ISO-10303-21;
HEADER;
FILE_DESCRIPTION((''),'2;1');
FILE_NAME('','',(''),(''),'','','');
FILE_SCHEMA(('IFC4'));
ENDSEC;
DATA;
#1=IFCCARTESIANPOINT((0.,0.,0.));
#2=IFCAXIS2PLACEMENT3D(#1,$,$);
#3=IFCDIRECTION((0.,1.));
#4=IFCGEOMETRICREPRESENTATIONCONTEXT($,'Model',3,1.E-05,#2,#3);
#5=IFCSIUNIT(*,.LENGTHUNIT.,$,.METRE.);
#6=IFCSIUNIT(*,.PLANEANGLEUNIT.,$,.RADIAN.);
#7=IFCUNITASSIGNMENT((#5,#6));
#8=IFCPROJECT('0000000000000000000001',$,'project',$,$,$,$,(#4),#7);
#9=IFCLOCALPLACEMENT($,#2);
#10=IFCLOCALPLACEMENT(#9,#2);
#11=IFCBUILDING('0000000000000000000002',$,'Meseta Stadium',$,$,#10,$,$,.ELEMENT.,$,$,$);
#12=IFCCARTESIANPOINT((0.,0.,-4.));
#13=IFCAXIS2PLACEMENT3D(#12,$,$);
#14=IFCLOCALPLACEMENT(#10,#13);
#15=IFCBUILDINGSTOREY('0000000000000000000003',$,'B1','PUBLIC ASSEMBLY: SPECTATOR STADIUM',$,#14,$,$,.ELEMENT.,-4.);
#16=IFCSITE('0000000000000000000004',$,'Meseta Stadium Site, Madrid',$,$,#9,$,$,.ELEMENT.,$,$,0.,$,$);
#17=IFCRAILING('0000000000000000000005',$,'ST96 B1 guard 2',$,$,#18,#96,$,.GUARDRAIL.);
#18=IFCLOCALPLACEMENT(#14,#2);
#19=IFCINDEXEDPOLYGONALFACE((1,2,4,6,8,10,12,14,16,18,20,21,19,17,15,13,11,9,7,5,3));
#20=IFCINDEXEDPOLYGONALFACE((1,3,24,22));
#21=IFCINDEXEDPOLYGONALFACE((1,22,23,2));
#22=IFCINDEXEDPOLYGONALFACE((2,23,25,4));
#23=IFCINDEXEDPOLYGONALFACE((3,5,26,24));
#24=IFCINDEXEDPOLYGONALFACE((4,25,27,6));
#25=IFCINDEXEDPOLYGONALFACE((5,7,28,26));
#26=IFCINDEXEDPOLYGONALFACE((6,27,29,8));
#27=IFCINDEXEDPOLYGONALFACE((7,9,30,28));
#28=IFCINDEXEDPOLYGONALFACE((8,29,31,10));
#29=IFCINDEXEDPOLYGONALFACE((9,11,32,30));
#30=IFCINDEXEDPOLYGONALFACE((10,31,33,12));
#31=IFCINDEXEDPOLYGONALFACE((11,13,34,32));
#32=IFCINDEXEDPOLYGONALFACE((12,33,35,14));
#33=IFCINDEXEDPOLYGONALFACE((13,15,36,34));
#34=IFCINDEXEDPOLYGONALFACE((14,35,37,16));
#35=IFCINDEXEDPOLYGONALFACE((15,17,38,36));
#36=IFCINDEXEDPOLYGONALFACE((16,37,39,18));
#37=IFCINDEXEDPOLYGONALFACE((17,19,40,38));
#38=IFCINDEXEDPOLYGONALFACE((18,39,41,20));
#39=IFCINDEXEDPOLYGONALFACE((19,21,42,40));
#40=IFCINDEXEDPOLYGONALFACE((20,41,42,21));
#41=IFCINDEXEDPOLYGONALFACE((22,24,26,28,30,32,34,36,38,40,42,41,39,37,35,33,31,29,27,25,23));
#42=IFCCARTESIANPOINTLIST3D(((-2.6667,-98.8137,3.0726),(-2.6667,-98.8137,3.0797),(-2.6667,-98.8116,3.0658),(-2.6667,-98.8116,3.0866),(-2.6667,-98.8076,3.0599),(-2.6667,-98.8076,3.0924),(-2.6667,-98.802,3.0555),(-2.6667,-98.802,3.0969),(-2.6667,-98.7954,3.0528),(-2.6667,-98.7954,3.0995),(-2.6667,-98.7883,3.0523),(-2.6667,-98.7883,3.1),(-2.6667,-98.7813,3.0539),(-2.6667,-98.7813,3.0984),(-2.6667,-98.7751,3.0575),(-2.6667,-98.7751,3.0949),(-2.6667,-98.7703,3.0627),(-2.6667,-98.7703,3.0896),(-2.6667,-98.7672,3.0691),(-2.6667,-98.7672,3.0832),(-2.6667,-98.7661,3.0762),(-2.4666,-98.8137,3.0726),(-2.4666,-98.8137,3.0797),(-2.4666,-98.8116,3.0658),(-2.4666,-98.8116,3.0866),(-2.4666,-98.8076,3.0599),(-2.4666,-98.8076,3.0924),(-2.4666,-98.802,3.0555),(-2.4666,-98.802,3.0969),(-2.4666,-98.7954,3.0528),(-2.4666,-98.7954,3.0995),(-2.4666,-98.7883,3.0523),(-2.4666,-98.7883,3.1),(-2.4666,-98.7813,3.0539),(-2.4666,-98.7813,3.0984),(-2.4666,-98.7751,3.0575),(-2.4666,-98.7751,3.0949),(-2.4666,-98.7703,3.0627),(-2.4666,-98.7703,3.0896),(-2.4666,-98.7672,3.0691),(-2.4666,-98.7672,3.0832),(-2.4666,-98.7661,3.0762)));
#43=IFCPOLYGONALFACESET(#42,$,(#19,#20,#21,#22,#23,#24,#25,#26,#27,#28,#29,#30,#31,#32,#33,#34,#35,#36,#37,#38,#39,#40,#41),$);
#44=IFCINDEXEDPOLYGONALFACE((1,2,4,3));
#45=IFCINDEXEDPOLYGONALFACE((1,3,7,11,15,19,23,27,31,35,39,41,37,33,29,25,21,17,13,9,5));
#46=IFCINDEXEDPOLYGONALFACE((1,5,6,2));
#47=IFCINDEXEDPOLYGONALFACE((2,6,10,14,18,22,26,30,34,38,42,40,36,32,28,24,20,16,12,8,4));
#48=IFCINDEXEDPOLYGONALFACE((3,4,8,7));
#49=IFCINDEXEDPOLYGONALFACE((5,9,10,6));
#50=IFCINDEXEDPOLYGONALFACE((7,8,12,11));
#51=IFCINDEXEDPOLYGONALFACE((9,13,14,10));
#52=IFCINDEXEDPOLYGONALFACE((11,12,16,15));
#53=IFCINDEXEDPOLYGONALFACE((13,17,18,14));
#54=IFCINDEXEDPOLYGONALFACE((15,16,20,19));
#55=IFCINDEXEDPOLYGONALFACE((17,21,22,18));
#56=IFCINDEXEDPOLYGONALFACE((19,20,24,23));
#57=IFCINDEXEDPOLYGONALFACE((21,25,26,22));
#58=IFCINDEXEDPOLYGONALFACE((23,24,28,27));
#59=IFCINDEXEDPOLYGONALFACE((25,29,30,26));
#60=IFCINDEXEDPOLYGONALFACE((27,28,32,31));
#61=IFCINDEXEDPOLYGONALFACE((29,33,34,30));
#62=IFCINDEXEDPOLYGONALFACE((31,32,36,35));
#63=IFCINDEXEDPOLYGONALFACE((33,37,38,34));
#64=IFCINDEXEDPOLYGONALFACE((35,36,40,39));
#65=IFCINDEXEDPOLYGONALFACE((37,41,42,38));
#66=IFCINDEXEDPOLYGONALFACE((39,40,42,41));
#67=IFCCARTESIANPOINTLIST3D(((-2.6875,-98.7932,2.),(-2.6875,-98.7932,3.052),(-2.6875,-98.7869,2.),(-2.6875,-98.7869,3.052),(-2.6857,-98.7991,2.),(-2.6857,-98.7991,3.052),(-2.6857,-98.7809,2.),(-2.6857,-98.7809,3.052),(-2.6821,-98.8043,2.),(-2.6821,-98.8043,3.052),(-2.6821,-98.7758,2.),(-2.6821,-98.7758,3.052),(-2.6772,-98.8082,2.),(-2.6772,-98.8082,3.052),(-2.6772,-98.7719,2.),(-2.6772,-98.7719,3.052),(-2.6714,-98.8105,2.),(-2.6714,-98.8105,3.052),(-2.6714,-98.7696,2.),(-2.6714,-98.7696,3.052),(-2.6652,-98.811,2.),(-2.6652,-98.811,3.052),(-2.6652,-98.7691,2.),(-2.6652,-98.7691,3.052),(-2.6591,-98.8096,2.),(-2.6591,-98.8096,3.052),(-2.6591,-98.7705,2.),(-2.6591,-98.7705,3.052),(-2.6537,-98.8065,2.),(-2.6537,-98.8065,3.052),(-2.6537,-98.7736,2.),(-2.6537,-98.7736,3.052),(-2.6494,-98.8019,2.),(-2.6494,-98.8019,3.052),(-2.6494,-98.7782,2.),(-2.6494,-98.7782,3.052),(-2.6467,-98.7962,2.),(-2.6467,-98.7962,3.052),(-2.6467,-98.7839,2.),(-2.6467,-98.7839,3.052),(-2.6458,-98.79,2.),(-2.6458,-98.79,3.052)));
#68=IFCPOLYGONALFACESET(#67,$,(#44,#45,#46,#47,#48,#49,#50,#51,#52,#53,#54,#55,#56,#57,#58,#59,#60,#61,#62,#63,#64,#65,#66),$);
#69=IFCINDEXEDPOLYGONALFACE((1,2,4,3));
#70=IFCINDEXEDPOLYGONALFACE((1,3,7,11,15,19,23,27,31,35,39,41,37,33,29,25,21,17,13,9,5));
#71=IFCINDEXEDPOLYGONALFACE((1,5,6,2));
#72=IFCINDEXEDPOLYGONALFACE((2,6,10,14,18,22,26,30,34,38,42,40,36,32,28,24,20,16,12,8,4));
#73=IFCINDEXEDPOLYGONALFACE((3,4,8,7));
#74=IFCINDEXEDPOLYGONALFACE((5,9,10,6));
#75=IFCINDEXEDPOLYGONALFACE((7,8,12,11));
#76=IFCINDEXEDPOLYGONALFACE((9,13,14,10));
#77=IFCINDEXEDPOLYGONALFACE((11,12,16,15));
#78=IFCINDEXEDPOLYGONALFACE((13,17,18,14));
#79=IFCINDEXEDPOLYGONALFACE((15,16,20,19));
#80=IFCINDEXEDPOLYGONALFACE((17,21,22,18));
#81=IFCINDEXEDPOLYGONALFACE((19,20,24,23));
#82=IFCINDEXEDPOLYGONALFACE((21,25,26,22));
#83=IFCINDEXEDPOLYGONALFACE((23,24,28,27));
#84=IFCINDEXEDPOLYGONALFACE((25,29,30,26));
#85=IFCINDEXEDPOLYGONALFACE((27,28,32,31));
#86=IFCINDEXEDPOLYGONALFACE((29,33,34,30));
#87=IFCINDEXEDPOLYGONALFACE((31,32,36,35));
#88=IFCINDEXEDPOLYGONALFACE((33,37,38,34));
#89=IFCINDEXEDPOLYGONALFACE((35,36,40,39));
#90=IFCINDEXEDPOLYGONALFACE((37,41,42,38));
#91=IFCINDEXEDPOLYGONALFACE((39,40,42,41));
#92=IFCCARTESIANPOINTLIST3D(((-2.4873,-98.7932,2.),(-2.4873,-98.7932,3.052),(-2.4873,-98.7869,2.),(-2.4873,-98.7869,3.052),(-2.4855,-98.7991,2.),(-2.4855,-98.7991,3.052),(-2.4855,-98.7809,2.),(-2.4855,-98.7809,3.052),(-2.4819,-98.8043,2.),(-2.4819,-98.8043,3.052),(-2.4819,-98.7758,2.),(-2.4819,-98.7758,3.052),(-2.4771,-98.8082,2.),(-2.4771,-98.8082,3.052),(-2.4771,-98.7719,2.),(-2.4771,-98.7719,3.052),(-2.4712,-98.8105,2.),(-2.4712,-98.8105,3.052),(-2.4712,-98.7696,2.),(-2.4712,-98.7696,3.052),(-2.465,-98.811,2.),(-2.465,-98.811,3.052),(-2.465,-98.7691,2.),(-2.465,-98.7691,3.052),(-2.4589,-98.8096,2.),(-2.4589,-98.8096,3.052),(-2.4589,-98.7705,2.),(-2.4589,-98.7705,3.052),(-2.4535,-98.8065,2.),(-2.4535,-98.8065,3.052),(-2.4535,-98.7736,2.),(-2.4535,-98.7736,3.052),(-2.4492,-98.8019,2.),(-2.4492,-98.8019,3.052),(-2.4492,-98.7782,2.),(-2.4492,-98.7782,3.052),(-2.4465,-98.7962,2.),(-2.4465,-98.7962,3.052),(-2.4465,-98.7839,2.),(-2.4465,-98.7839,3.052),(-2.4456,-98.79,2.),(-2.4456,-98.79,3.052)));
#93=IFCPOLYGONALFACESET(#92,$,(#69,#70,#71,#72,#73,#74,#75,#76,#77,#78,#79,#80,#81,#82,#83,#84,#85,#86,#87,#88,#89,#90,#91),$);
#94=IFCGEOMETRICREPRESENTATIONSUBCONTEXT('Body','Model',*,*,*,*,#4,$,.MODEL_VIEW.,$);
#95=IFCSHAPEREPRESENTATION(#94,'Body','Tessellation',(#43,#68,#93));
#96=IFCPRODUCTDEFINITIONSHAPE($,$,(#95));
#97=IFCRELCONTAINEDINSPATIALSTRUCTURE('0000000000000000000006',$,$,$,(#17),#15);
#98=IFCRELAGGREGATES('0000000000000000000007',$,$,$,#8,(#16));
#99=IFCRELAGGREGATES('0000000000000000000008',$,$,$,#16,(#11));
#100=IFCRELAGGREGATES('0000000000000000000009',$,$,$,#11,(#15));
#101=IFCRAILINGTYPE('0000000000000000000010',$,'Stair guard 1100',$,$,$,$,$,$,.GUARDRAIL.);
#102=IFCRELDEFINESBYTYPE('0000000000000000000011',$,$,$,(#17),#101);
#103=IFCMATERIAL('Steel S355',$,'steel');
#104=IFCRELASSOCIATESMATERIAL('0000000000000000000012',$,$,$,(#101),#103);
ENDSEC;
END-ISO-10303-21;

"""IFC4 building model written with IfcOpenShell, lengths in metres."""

from ifc_helpers import new_model, si_unit, direction, frame, origin, origin_2d, place, context, subcontext, project, spatial, circle, extrude, material, type_object, element, save


model = new_model("IFC4")

# Units and contexts
model_context = context("Model", 3, precision=1e-05, world=origin(), true_north=direction((0.0, 1.0)))
body_context = subcontext(model_context, "Body", "Model", "MODEL_VIEW")
ifc_project = project(units=[si_unit("LENGTHUNIT", "METRE"), si_unit("PLANEANGLEUNIT", "RADIAN")], contexts=[model_context])

# Site, building, storey
site_placement = place(None, origin())
site = spatial("IfcSite", under=ifc_project, at=site_placement, Name="Meseta Stadium Site, Madrid", CompositionType="ELEMENT", RefElevation=0.0)
building_placement = place(site_placement, origin())
building = spatial("IfcBuilding", under=site, at=building_placement, Name="Meseta Stadium", CompositionType="ELEMENT")
storey_placement = place(building_placement, frame((0.0, 0.0, -4.0)))
storey = spatial("IfcBuildingStorey", under=building, at=storey_placement, Name="B1", Description="PUBLIC ASSEMBLY: SPECTATOR STADIUM", CompositionType="ELEMENT", Elevation=-4.0)

# Railing
ifc_material_1 = material(Name="Steel S355", Category="steel")
railing_type_1 = type_object("IfcRailingType", Name="Stair guard 1100", PredefinedType="GUARDRAIL", material=ifc_material_1)
railing_1_placement = place(storey_placement, frame((-2.6667, -98.79, 2.0)))
element("IfcRailing", 1, at=railing_1_placement, inside=storey, type_object=railing_type_1, Name="ST96 B1 guard 2", PredefinedType="GUARDRAIL", context=body_context, shape_type="SweptSolid", body=[
    extrude(circle(Radius=0.0239, at=origin_2d()), frame((0.0, 0.0, 1.0762), z_axis=(1.0, 0.0, 0.0), x_axis=(0.0, 1.0, 0.0)), (0.0, 0.0, 1.0), 0.2002),
    extrude(circle(Radius=0.021, at=origin_2d()), origin(), (0.0, 0.0, 1.0), 1.052),
    extrude(circle(Radius=0.021, at=origin_2d()), frame((0.2002, 0.0, 0.0)), (0.0, 0.0, 1.0), 1.052),
])

save(model, "model.ifc")
